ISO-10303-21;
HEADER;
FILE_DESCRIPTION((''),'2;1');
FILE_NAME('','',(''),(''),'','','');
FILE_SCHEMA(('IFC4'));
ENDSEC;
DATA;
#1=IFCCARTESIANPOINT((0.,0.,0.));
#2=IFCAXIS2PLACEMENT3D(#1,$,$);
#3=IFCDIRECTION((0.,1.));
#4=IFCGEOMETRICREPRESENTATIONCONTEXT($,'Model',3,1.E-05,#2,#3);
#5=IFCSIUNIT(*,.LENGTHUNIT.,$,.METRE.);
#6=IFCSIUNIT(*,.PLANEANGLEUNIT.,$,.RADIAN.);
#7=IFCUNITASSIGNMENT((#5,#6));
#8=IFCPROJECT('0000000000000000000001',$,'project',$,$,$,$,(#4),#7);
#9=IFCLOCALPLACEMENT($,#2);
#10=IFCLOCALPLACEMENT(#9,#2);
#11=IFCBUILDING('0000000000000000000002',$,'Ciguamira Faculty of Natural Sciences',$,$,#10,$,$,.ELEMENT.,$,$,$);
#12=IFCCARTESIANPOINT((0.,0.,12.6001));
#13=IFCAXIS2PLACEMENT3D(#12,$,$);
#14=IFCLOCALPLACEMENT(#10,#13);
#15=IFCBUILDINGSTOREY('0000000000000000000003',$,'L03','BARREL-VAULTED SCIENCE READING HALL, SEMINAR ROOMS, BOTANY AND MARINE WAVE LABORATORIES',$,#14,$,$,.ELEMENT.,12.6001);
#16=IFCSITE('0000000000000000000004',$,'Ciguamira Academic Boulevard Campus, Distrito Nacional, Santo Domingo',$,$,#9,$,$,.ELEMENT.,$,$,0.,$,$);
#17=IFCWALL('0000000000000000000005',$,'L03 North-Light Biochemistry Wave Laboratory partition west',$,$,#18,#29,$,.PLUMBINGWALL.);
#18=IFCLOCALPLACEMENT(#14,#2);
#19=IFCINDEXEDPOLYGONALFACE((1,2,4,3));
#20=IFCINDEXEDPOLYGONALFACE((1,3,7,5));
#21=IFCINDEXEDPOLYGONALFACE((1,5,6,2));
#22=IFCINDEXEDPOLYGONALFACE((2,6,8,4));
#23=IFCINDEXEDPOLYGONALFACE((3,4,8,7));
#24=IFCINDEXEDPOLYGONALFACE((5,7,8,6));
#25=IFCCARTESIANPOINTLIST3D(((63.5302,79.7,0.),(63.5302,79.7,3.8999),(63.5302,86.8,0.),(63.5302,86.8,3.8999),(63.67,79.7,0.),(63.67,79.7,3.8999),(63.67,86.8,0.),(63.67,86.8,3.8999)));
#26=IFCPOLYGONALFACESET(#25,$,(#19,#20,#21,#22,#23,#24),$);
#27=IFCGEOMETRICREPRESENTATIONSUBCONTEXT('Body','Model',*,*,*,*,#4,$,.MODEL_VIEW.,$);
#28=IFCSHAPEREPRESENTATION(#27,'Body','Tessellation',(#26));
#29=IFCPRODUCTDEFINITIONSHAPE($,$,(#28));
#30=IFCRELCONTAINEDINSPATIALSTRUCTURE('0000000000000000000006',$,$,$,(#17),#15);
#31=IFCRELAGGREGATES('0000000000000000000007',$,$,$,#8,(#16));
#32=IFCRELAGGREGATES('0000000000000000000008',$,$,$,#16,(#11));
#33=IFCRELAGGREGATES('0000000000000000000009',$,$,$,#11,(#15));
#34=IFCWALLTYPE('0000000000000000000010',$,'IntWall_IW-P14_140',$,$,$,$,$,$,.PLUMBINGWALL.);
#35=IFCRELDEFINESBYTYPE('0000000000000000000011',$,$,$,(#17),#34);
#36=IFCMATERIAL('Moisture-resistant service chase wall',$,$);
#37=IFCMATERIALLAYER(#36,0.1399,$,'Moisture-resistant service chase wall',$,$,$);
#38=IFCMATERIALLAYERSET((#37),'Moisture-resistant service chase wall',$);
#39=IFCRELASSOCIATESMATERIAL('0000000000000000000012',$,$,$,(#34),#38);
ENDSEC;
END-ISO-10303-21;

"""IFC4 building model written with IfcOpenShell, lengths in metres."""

from ifc_helpers import new_model, si_unit, direction, frame, frame_2d, origin, place, context, subcontext, project, spatial, rectangle, extrude, material, layer, layer_set, type_object, element, save


model = new_model("IFC4")

# Units and contexts
model_context = context("Model", 3, precision=1e-05, world=origin(), true_north=direction((0.0, 1.0)))
body_context = subcontext(model_context, "Body", "Model", "MODEL_VIEW")
ifc_project = project(units=[si_unit("LENGTHUNIT", "METRE"), si_unit("PLANEANGLEUNIT", "RADIAN")], contexts=[model_context])

# Site, building, storey
site_placement = place(None, origin())
site = spatial("IfcSite", under=ifc_project, at=site_placement, Name="Ciguamira Academic Boulevard Campus, Distrito Nacional, Santo Domingo", CompositionType="ELEMENT", RefElevation=0.0)
building_placement = place(site_placement, origin())
building = spatial("IfcBuilding", under=site, at=building_placement, Name="Ciguamira Faculty of Natural Sciences", CompositionType="ELEMENT")
storey_placement = place(building_placement, frame((0.0, 0.0, 12.6001)))
storey = spatial("IfcBuildingStorey", under=building, at=storey_placement, Name="L03", Description="BARREL-VAULTED SCIENCE READING HALL, SEMINAR ROOMS, BOTANY AND MARINE WAVE LABORATORIES", CompositionType="ELEMENT", Elevation=12.6001)

# Shared definitions
ifc_material_1 = material(Name="Moisture-resistant service chase wall")
ifc_layer_1 = layer(ifc_material_1, 0.1399, Name="Moisture-resistant service chase wall")
ifc_layer_set_1 = layer_set([ifc_layer_1], Name="Moisture-resistant service chase wall")
wall_type_1 = type_object("IfcWallType", Name="IntWall_IW-P14_140", PredefinedType="PLUMBINGWALL", material=ifc_layer_set_1)

# Wall
wall_1_placement = place(storey_placement, frame((63.6001, 79.7, 0.0), z_axis=(0.0, 0.0, 1.0), x_axis=(0.0, 1.0, 0.0)))
element("IfcWall", 1, at=wall_1_placement, inside=storey, type_object=wall_type_1, Name="L03 North-Light Biochemistry Wave Laboratory partition west", PredefinedType="PLUMBINGWALL", context=body_context, shape_type="SweptSolid", body=[
    extrude(rectangle(XDim=7.1001, YDim=0.1399, at=frame_2d((3.55, 0.0))), origin(), (0.0, 0.0, 1.0), 3.8999),
])

save(model, "model.ifc")
